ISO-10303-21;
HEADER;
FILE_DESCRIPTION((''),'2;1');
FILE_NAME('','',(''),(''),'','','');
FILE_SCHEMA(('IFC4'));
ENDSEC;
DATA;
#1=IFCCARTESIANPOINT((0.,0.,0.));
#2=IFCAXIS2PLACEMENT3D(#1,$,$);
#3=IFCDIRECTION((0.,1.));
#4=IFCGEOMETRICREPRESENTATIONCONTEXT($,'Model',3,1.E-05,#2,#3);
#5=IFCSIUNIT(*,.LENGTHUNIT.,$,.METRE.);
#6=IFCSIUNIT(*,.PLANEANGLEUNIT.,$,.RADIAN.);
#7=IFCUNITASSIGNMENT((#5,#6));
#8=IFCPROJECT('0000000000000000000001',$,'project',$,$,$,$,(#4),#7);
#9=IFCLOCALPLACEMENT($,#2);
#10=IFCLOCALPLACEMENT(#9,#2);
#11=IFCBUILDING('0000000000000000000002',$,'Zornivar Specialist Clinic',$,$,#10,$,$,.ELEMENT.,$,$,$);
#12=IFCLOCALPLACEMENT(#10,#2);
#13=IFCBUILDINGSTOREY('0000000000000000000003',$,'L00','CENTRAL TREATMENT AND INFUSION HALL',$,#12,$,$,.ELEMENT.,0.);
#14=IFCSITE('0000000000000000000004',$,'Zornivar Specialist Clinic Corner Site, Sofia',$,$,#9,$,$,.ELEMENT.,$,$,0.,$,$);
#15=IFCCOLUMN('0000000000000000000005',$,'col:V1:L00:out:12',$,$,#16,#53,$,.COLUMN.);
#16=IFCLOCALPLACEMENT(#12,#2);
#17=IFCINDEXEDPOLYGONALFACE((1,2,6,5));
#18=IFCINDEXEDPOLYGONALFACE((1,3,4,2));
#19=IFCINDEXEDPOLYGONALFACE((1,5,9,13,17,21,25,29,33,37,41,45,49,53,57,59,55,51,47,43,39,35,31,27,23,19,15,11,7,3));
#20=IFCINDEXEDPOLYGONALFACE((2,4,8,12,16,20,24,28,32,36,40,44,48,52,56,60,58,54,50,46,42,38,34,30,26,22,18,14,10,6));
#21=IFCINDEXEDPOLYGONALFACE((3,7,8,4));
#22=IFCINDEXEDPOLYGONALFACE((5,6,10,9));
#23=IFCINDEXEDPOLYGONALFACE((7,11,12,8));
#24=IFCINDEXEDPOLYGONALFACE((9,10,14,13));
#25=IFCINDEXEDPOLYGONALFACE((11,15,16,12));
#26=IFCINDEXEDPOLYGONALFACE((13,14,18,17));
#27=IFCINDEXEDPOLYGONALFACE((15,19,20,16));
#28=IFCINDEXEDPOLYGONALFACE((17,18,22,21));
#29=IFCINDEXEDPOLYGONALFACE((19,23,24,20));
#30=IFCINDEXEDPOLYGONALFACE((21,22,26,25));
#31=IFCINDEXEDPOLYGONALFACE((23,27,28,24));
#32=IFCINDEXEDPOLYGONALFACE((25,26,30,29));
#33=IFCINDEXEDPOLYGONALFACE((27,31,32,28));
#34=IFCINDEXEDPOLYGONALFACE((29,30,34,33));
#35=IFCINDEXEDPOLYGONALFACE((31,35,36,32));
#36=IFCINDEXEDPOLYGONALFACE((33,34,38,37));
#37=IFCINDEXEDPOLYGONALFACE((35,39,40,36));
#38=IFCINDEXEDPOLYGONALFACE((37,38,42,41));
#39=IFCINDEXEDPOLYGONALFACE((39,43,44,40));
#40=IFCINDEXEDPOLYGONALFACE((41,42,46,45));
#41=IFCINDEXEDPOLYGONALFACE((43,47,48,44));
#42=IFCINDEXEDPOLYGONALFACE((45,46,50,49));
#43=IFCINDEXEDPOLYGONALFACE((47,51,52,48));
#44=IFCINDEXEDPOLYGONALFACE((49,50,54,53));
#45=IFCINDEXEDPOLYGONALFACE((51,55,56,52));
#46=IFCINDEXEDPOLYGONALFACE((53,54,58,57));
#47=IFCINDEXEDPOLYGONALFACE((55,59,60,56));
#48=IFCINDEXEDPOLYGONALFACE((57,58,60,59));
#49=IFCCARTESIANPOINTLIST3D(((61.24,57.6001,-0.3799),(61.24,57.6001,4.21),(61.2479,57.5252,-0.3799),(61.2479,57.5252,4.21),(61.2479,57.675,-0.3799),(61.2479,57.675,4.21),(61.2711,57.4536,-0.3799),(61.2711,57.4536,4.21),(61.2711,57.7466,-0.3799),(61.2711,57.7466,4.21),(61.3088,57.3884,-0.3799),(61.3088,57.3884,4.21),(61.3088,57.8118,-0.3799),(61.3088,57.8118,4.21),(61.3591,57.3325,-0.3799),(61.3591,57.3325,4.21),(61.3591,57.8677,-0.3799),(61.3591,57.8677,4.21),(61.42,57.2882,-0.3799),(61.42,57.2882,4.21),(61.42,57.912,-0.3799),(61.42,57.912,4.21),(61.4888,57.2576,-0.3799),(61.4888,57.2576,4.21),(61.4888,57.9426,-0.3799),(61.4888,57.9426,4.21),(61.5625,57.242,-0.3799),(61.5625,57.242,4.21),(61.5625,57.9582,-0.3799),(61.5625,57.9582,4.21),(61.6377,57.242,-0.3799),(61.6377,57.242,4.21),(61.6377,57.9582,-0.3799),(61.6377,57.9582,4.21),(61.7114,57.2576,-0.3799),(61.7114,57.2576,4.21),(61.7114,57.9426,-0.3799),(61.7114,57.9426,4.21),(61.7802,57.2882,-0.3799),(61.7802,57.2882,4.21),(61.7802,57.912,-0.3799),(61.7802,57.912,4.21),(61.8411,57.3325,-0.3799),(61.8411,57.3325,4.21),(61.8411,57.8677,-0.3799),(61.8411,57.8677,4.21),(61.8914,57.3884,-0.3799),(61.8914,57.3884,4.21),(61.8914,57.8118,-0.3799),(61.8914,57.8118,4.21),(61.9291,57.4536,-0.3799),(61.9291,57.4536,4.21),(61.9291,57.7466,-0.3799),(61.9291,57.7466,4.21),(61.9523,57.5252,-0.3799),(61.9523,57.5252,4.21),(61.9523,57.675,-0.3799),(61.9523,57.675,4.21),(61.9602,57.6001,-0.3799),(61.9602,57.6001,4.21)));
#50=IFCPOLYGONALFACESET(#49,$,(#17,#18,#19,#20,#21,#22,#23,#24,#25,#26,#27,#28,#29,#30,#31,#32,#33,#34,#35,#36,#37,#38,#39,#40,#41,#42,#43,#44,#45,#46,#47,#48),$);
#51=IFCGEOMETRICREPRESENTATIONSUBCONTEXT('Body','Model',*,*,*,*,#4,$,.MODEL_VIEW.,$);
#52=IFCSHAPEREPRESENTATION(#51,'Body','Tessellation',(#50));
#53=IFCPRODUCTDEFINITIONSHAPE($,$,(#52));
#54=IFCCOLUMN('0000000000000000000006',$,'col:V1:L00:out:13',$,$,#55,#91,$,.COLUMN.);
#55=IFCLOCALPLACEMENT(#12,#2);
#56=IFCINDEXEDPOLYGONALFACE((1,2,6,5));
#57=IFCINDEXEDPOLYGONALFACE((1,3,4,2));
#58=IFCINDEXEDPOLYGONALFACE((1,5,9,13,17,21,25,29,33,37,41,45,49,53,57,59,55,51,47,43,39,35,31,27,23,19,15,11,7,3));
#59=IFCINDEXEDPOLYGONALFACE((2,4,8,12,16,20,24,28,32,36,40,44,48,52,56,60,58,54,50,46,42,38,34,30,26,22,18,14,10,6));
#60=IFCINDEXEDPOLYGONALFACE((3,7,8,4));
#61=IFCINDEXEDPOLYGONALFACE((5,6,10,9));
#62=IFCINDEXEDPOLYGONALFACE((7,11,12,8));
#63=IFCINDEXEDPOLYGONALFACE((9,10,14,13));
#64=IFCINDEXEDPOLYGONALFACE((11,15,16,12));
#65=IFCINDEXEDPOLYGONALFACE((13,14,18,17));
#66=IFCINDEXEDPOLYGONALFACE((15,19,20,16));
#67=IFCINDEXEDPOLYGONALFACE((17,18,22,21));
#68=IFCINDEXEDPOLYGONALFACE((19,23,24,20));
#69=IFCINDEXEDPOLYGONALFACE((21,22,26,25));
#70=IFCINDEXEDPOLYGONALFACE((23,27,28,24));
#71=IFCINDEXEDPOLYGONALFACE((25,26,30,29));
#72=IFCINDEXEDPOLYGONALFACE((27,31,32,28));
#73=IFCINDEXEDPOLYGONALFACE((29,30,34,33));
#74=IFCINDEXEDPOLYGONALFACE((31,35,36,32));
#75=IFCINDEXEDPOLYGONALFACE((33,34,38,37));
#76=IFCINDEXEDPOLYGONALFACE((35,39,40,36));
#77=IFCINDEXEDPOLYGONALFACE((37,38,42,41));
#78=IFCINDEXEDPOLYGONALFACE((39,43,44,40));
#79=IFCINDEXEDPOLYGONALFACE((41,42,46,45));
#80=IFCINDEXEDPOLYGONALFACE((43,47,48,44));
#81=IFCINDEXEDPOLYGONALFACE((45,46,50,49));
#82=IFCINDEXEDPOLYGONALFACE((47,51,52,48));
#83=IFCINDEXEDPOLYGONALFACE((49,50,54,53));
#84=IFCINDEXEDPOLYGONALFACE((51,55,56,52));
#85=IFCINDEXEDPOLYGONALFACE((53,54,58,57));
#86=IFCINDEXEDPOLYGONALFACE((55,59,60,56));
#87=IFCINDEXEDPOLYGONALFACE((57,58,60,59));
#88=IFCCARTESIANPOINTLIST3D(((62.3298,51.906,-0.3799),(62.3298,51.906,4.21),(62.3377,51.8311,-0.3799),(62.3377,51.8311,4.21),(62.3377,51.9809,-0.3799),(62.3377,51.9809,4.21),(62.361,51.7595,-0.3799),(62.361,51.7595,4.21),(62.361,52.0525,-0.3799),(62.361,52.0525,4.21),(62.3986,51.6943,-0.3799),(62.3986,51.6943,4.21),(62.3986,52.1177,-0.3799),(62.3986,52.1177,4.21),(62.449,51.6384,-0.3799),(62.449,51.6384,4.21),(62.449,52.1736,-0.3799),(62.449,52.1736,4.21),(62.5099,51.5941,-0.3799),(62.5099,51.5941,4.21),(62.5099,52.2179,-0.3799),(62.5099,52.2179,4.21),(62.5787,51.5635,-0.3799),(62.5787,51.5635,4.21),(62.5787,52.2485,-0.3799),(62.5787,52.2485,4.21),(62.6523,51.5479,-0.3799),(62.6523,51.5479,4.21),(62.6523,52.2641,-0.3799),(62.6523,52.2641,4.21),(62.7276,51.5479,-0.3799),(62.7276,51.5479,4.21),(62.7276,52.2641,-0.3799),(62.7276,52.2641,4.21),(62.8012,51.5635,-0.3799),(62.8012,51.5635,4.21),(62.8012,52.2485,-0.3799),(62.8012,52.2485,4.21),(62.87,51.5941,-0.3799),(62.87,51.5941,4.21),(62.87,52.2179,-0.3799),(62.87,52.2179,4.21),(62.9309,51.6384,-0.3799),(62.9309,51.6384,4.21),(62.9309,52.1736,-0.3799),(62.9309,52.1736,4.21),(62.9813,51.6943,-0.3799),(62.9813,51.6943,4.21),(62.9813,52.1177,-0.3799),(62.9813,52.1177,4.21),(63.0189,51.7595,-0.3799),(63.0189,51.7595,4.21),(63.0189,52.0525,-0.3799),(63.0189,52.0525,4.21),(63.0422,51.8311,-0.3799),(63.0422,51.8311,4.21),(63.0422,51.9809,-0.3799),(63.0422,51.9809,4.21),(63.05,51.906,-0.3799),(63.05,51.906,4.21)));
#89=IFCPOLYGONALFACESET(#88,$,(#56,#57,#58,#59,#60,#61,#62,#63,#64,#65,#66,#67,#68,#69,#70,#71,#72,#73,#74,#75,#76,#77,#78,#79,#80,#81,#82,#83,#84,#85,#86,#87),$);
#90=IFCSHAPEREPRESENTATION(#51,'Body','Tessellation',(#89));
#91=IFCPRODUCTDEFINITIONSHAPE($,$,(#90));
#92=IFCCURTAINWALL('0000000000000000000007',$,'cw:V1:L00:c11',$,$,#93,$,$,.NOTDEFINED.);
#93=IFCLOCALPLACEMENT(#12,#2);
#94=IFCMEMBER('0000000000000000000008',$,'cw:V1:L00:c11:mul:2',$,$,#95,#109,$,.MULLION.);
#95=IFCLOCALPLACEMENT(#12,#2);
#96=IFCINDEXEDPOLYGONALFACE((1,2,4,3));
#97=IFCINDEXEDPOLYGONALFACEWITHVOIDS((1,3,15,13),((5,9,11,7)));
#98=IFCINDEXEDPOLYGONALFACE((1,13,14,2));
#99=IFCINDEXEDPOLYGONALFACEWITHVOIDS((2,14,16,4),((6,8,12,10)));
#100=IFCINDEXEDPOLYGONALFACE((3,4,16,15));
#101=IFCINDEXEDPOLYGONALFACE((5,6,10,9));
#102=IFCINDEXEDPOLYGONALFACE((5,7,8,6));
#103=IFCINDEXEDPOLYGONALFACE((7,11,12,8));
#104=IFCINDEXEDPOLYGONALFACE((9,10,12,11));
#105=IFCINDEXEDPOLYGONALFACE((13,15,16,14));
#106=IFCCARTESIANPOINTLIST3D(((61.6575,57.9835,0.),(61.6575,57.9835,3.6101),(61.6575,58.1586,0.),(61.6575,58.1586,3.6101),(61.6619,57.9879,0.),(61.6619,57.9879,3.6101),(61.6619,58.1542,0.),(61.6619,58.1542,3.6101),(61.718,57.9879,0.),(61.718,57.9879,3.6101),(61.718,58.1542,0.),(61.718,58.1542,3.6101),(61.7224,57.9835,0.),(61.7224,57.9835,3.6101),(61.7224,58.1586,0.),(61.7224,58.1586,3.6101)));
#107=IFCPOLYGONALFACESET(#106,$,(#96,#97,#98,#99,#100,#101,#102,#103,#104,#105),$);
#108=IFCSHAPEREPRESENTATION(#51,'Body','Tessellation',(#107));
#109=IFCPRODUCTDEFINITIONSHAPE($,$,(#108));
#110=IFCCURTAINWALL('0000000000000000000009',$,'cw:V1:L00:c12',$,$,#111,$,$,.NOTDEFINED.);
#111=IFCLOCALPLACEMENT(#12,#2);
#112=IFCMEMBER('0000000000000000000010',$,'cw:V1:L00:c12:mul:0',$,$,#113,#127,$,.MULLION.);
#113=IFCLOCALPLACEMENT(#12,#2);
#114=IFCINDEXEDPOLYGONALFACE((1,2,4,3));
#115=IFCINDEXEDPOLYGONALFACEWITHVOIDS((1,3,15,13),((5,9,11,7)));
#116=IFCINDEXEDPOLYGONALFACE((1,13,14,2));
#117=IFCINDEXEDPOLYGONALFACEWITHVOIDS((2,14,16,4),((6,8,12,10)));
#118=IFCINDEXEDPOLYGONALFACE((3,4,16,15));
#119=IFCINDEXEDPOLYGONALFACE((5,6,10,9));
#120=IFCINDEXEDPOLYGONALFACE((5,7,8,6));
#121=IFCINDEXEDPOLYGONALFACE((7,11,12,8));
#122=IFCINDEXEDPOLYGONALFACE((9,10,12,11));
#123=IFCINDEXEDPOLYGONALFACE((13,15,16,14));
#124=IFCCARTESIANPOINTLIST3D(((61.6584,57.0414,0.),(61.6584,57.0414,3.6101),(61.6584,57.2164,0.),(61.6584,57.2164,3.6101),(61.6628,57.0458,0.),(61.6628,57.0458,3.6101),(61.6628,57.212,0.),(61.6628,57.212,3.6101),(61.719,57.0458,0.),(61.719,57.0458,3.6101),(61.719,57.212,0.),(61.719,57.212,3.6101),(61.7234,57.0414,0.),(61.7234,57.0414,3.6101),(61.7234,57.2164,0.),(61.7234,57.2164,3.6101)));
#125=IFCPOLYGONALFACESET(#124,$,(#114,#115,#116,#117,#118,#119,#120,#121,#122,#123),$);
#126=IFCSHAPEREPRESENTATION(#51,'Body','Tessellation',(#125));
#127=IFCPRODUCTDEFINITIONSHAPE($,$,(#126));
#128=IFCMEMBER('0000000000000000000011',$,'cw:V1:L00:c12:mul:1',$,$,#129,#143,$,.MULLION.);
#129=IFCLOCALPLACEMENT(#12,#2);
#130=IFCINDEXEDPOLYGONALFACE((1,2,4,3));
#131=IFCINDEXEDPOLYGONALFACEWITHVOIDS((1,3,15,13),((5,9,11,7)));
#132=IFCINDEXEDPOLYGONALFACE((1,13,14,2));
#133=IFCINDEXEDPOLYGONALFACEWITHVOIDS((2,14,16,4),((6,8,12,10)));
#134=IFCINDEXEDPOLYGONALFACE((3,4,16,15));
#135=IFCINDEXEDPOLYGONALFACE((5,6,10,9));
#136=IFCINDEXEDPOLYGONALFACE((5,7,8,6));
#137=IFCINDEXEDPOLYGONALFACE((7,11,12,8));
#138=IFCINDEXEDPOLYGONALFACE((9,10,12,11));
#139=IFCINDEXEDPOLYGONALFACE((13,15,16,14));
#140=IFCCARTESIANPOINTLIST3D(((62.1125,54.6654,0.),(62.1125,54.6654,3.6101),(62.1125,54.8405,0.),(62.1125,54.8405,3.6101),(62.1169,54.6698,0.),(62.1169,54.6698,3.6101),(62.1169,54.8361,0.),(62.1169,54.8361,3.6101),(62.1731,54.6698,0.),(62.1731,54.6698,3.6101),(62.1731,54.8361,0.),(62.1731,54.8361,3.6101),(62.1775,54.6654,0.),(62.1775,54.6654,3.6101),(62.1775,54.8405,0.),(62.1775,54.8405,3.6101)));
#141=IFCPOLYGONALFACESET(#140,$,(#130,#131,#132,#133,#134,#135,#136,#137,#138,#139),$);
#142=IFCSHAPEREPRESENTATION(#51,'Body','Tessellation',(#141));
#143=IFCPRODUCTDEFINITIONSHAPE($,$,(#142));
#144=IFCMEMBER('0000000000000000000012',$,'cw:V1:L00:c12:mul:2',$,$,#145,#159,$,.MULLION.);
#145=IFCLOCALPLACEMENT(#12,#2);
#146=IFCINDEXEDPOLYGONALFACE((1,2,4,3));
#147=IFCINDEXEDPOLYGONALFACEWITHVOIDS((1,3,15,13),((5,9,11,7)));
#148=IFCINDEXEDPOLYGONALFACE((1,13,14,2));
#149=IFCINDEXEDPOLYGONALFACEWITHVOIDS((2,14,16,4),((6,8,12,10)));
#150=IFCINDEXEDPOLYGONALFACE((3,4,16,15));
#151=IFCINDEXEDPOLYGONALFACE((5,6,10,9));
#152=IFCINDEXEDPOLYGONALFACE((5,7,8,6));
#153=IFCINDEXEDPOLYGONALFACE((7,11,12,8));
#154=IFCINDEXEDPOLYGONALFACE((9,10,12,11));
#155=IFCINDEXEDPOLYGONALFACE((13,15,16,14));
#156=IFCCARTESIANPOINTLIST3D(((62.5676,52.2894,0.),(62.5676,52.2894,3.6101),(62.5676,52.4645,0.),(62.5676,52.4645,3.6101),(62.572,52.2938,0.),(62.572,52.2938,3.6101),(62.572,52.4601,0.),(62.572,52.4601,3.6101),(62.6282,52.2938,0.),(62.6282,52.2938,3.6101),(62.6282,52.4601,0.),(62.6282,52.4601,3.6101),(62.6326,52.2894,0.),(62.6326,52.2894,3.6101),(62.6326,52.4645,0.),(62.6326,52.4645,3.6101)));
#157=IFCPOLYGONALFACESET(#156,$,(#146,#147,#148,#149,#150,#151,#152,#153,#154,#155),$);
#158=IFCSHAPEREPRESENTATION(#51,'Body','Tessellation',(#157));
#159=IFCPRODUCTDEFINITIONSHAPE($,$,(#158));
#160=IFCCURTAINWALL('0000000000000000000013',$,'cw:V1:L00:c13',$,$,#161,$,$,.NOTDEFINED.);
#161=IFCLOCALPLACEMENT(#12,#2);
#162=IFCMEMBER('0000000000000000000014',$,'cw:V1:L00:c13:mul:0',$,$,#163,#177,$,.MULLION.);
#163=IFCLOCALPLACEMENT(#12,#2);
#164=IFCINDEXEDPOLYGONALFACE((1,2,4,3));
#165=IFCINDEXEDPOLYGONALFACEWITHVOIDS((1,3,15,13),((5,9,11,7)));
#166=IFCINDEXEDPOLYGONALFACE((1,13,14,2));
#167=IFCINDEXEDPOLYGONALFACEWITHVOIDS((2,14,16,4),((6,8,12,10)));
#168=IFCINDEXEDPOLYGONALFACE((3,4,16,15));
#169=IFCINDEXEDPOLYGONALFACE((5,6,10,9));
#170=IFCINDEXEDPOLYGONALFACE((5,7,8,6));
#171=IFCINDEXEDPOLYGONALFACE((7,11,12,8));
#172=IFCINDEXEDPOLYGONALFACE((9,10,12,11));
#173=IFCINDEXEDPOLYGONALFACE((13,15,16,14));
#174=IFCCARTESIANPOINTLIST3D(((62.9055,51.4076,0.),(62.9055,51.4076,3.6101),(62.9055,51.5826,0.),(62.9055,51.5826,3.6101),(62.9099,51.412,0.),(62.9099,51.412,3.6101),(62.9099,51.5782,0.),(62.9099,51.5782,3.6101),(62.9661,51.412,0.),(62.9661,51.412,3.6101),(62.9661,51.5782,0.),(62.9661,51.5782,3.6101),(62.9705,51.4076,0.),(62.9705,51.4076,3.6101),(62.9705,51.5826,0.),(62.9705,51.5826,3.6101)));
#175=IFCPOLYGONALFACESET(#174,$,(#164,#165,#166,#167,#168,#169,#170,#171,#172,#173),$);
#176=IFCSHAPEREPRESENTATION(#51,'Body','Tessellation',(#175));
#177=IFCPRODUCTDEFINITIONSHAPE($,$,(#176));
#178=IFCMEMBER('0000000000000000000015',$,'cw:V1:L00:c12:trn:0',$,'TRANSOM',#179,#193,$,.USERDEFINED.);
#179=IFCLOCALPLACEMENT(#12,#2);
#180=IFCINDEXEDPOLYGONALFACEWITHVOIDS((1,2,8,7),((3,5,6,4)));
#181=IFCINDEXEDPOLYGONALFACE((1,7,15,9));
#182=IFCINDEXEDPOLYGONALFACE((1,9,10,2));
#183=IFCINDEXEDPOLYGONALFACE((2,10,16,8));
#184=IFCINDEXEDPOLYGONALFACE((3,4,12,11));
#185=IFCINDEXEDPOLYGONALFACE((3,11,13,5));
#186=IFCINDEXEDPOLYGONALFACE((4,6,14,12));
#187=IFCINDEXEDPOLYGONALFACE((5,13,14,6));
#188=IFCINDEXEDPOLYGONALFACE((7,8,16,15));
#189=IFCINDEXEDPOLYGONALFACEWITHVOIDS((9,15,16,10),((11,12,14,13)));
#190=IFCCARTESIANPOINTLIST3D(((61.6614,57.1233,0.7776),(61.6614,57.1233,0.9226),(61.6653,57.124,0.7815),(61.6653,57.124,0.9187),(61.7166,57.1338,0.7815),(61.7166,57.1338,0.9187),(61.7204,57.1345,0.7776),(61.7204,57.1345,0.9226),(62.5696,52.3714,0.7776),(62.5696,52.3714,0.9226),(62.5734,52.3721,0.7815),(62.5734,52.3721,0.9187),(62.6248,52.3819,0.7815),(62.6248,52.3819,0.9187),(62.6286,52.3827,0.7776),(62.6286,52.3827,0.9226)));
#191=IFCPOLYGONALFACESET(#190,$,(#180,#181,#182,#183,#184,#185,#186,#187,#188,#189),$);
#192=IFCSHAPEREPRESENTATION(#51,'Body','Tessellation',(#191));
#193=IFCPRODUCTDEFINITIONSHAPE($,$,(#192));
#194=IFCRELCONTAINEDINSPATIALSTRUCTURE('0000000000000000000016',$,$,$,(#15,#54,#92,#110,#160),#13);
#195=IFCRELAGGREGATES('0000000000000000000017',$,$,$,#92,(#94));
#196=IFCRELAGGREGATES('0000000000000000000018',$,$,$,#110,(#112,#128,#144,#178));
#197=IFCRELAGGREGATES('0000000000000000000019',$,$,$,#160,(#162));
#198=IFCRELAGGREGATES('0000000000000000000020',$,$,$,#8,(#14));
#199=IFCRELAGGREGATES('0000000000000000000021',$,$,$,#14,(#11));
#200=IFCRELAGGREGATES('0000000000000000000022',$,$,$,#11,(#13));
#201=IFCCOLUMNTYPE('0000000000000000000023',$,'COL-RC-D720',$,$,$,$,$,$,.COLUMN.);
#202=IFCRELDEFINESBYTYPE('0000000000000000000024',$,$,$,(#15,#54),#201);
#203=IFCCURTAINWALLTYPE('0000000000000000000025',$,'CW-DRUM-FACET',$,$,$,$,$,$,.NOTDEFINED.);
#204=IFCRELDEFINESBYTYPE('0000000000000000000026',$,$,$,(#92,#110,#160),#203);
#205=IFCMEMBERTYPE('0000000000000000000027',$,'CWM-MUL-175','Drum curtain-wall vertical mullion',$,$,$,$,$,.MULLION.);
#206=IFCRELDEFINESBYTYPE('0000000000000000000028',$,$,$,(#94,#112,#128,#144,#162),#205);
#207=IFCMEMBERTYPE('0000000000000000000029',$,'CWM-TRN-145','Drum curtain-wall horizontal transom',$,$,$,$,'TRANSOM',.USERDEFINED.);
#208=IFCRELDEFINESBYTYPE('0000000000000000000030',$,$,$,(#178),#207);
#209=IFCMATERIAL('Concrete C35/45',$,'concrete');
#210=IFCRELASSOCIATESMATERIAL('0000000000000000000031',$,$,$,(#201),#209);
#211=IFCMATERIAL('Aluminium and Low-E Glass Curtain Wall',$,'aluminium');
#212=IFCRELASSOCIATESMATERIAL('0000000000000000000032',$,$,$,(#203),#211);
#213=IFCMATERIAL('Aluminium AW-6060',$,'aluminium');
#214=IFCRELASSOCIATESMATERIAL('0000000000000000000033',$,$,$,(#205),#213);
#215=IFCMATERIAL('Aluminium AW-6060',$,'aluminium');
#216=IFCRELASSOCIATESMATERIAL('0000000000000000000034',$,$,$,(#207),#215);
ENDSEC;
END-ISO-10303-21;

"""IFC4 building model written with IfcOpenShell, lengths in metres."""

from ifc_helpers import new_model, si_unit, direction, frame, origin, origin_2d, place, context, subcontext, project, spatial, hollow_rectangle, circle, extrude, material, material_profile, profile_set, type_object, element, aggregate, save


model = new_model("IFC4")

# Units and contexts
model_context = context("Model", 3, precision=1e-05, world=origin(), true_north=direction((0.0, 1.0)))
body_context = subcontext(model_context, "Body", "Model", "MODEL_VIEW")
ifc_project = project(units=[si_unit("LENGTHUNIT", "METRE"), si_unit("PLANEANGLEUNIT", "RADIAN")], contexts=[model_context])

# Site, building, storey
site_placement = place(None, origin())
site = spatial("IfcSite", under=ifc_project, at=site_placement, Name="Zornivar Specialist Clinic Corner Site, Sofia", CompositionType="ELEMENT", RefElevation=0.0)
building_placement = place(site_placement, origin())
building = spatial("IfcBuilding", under=site, at=building_placement, Name="Zornivar Specialist Clinic", CompositionType="ELEMENT")
storey_placement = place(building_placement, origin())
storey = spatial("IfcBuildingStorey", under=building, at=storey_placement, Name="L00", Description="CENTRAL TREATMENT AND INFUSION HALL", CompositionType="ELEMENT", Elevation=0.0)

# Columns
ifc_material_1 = material(Name="Concrete C35/45", Category="concrete")
ifc_material_profile_1 = material_profile(ifc_material_1, circle(Radius=0.3601, at=origin_2d()), Name="RC D720")
ifc_profile_set_1 = profile_set([ifc_material_profile_1], Name="Concrete C35/45")
column_type = type_object("IfcColumnType", Name="COL-RC-D720", PredefinedType="COLUMN", material=ifc_profile_set_1)
for number, where, z_axis, x_axis, name in (
    (1, (61.6001, 57.6001, -0.3799), (0.0, 0.0, 1.0), (1.0, 0.0, 0.0), "col:V1:L00:out:12"),
    (2, (62.6899, 51.906, -0.3799), (0.0, 0.0, 1.0), (1.0, 0.0, 0.0), "col:V1:L00:out:13"),
):
    element("IfcColumn", number, at=place(storey_placement, frame(where, z_axis=z_axis, x_axis=x_axis)), inside=storey, type_object=column_type, Name=name, PredefinedType="COLUMN", context=body_context, shape_type="SweptSolid", body=[
        extrude(circle(Radius=0.3601, at=origin_2d()), origin(), (0.0, 0.0, 1.0), 4.5898),
    ])

# Curtain wall, member
ifc_material_2 = material(Name="Aluminium and Low-E Glass Curtain Wall", Category="aluminium")
curtain_wall_type = type_object("IfcCurtainWallType", Name="CW-DRUM-FACET", PredefinedType="NOTDEFINED", material=ifc_material_2)
curtain_wall_1_placement = place(storey_placement, origin())
curtain_wall_1 = element("IfcCurtainWall", 3, at=curtain_wall_1_placement, inside=storey, type_object=curtain_wall_type, Name="cw:V1:L00:c11", PredefinedType="NOTDEFINED")
ifc_material_3 = material(Name="Aluminium AW-6060", Category="aluminium")
ifc_material_profile_2 = material_profile(ifc_material_3, hollow_rectangle(XDim=0.0649, YDim=0.175, WallThickness=0.0044, at=origin_2d()), Name="ALU 65x175x4.5")
ifc_profile_set_2 = profile_set([ifc_material_profile_2], Name="Aluminium AW-6060")
member_type_1 = type_object("IfcMemberType", Name="CWM-MUL-175", Description="Drum curtain-wall vertical mullion", PredefinedType="MULLION", material=ifc_profile_set_2)
member_1_placement = place(storey_placement, frame((61.6899, 58.071, 0.0), z_axis=(0.0, 0.0, 1.0), x_axis=(1.0, 0.0, 0.0)))
member_1 = element("IfcMember", 4, at=member_1_placement, type_object=member_type_1, Name="cw:V1:L00:c11:mul:2", PredefinedType="MULLION", context=body_context, shape_type="SweptSolid", body=[
    extrude(hollow_rectangle(XDim=0.0649, YDim=0.175, WallThickness=0.0044, at=origin_2d()), origin(), (0.0, 0.0, 1.0), 3.6101),
])

# Curtain wall, members
curtain_wall_2_placement = place(storey_placement, origin())
curtain_wall_2 = element("IfcCurtainWall", 5, at=curtain_wall_2_placement, inside=storey, type_object=curtain_wall_type, Name="cw:V1:L00:c12", PredefinedType="NOTDEFINED")
member_2_placement = place(storey_placement, frame((61.6909, 57.1289, 0.0), z_axis=(0.0, 0.0, 1.0), x_axis=(1.0, 0.0, 0.0)))
member_2 = element("IfcMember", 6, at=member_2_placement, type_object=member_type_1, Name="cw:V1:L00:c12:mul:0", PredefinedType="MULLION", context=body_context, shape_type="SweptSolid", body=[
    extrude(hollow_rectangle(XDim=0.0649, YDim=0.175, WallThickness=0.0044, at=origin_2d()), origin(), (0.0, 0.0, 1.0), 3.6101),
])
member_3_placement = place(storey_placement, frame((62.145, 54.7529, 0.0), z_axis=(0.0, 0.0, 1.0), x_axis=(1.0, 0.0, 0.0)))
member_3 = element("IfcMember", 7, at=member_3_placement, type_object=member_type_1, Name="cw:V1:L00:c12:mul:1", PredefinedType="MULLION", context=body_context, shape_type="SweptSolid", body=[
    extrude(hollow_rectangle(XDim=0.0649, YDim=0.175, WallThickness=0.0044, at=origin_2d()), origin(), (0.0, 0.0, 1.0), 3.6101),
])
member_4_placement = place(storey_placement, frame((62.6001, 52.377, 0.0), z_axis=(0.0, 0.0, 1.0), x_axis=(1.0, 0.0, 0.0)))
member_4 = element("IfcMember", 8, at=member_4_placement, type_object=member_type_1, Name="cw:V1:L00:c12:mul:2", PredefinedType="MULLION", context=body_context, shape_type="SweptSolid", body=[
    extrude(hollow_rectangle(XDim=0.0649, YDim=0.175, WallThickness=0.0044, at=origin_2d()), origin(), (0.0, 0.0, 1.0), 3.6101),
])

# Curtain wall, member
curtain_wall_3_placement = place(storey_placement, origin())
curtain_wall_3 = element("IfcCurtainWall", 9, at=curtain_wall_3_placement, inside=storey, type_object=curtain_wall_type, Name="cw:V1:L00:c13", PredefinedType="NOTDEFINED")
member_5_placement = place(storey_placement, frame((62.938, 51.4951, 0.0), z_axis=(0.0, 0.0, 1.0), x_axis=(1.0, 0.0, 0.0)))
member_5 = element("IfcMember", 10, at=member_5_placement, type_object=member_type_1, Name="cw:V1:L00:c13:mul:0", PredefinedType="MULLION", context=body_context, shape_type="SweptSolid", body=[
    extrude(hollow_rectangle(XDim=0.0649, YDim=0.175, WallThickness=0.0044, at=origin_2d()), origin(), (0.0, 0.0, 1.0), 3.6101),
])

# Member
ifc_material_4 = material(Name="Aluminium AW-6060", Category="aluminium")
ifc_material_profile_3 = material_profile(ifc_material_4, hollow_rectangle(XDim=0.0601, YDim=0.145, WallThickness=0.0039, at=origin_2d()), Name="ALU 60x145x4")
ifc_profile_set_3 = profile_set([ifc_material_profile_3], Name="Aluminium AW-6060")
member_type_2 = type_object("IfcMemberType", Name="CWM-TRN-145", Description="Drum curtain-wall horizontal transom", ElementType="TRANSOM", PredefinedType="USERDEFINED", material=ifc_profile_set_3)
member_6_placement = place(storey_placement, frame((61.6909, 57.1289, 0.8501), z_axis=(0.187724, -0.982222, 0.0), x_axis=(0.982222, 0.187724, 0.0)))
member_6 = element("IfcMember", 11, at=member_6_placement, type_object=member_type_2, Name="cw:V1:L00:c12:trn:0", ObjectType="TRANSOM", PredefinedType="USERDEFINED", context=body_context, shape_type="SweptSolid", body=[
    extrude(hollow_rectangle(XDim=0.0601, YDim=0.145, WallThickness=0.0039, at=origin_2d()), origin(), (0.0, 0.0, 1.0), 4.8379),
])

aggregate(curtain_wall_1, [member_1])
aggregate(curtain_wall_2, [member_2, member_3, member_4, member_6])
aggregate(curtain_wall_3, [member_5])

save(model, "model.ifc")
